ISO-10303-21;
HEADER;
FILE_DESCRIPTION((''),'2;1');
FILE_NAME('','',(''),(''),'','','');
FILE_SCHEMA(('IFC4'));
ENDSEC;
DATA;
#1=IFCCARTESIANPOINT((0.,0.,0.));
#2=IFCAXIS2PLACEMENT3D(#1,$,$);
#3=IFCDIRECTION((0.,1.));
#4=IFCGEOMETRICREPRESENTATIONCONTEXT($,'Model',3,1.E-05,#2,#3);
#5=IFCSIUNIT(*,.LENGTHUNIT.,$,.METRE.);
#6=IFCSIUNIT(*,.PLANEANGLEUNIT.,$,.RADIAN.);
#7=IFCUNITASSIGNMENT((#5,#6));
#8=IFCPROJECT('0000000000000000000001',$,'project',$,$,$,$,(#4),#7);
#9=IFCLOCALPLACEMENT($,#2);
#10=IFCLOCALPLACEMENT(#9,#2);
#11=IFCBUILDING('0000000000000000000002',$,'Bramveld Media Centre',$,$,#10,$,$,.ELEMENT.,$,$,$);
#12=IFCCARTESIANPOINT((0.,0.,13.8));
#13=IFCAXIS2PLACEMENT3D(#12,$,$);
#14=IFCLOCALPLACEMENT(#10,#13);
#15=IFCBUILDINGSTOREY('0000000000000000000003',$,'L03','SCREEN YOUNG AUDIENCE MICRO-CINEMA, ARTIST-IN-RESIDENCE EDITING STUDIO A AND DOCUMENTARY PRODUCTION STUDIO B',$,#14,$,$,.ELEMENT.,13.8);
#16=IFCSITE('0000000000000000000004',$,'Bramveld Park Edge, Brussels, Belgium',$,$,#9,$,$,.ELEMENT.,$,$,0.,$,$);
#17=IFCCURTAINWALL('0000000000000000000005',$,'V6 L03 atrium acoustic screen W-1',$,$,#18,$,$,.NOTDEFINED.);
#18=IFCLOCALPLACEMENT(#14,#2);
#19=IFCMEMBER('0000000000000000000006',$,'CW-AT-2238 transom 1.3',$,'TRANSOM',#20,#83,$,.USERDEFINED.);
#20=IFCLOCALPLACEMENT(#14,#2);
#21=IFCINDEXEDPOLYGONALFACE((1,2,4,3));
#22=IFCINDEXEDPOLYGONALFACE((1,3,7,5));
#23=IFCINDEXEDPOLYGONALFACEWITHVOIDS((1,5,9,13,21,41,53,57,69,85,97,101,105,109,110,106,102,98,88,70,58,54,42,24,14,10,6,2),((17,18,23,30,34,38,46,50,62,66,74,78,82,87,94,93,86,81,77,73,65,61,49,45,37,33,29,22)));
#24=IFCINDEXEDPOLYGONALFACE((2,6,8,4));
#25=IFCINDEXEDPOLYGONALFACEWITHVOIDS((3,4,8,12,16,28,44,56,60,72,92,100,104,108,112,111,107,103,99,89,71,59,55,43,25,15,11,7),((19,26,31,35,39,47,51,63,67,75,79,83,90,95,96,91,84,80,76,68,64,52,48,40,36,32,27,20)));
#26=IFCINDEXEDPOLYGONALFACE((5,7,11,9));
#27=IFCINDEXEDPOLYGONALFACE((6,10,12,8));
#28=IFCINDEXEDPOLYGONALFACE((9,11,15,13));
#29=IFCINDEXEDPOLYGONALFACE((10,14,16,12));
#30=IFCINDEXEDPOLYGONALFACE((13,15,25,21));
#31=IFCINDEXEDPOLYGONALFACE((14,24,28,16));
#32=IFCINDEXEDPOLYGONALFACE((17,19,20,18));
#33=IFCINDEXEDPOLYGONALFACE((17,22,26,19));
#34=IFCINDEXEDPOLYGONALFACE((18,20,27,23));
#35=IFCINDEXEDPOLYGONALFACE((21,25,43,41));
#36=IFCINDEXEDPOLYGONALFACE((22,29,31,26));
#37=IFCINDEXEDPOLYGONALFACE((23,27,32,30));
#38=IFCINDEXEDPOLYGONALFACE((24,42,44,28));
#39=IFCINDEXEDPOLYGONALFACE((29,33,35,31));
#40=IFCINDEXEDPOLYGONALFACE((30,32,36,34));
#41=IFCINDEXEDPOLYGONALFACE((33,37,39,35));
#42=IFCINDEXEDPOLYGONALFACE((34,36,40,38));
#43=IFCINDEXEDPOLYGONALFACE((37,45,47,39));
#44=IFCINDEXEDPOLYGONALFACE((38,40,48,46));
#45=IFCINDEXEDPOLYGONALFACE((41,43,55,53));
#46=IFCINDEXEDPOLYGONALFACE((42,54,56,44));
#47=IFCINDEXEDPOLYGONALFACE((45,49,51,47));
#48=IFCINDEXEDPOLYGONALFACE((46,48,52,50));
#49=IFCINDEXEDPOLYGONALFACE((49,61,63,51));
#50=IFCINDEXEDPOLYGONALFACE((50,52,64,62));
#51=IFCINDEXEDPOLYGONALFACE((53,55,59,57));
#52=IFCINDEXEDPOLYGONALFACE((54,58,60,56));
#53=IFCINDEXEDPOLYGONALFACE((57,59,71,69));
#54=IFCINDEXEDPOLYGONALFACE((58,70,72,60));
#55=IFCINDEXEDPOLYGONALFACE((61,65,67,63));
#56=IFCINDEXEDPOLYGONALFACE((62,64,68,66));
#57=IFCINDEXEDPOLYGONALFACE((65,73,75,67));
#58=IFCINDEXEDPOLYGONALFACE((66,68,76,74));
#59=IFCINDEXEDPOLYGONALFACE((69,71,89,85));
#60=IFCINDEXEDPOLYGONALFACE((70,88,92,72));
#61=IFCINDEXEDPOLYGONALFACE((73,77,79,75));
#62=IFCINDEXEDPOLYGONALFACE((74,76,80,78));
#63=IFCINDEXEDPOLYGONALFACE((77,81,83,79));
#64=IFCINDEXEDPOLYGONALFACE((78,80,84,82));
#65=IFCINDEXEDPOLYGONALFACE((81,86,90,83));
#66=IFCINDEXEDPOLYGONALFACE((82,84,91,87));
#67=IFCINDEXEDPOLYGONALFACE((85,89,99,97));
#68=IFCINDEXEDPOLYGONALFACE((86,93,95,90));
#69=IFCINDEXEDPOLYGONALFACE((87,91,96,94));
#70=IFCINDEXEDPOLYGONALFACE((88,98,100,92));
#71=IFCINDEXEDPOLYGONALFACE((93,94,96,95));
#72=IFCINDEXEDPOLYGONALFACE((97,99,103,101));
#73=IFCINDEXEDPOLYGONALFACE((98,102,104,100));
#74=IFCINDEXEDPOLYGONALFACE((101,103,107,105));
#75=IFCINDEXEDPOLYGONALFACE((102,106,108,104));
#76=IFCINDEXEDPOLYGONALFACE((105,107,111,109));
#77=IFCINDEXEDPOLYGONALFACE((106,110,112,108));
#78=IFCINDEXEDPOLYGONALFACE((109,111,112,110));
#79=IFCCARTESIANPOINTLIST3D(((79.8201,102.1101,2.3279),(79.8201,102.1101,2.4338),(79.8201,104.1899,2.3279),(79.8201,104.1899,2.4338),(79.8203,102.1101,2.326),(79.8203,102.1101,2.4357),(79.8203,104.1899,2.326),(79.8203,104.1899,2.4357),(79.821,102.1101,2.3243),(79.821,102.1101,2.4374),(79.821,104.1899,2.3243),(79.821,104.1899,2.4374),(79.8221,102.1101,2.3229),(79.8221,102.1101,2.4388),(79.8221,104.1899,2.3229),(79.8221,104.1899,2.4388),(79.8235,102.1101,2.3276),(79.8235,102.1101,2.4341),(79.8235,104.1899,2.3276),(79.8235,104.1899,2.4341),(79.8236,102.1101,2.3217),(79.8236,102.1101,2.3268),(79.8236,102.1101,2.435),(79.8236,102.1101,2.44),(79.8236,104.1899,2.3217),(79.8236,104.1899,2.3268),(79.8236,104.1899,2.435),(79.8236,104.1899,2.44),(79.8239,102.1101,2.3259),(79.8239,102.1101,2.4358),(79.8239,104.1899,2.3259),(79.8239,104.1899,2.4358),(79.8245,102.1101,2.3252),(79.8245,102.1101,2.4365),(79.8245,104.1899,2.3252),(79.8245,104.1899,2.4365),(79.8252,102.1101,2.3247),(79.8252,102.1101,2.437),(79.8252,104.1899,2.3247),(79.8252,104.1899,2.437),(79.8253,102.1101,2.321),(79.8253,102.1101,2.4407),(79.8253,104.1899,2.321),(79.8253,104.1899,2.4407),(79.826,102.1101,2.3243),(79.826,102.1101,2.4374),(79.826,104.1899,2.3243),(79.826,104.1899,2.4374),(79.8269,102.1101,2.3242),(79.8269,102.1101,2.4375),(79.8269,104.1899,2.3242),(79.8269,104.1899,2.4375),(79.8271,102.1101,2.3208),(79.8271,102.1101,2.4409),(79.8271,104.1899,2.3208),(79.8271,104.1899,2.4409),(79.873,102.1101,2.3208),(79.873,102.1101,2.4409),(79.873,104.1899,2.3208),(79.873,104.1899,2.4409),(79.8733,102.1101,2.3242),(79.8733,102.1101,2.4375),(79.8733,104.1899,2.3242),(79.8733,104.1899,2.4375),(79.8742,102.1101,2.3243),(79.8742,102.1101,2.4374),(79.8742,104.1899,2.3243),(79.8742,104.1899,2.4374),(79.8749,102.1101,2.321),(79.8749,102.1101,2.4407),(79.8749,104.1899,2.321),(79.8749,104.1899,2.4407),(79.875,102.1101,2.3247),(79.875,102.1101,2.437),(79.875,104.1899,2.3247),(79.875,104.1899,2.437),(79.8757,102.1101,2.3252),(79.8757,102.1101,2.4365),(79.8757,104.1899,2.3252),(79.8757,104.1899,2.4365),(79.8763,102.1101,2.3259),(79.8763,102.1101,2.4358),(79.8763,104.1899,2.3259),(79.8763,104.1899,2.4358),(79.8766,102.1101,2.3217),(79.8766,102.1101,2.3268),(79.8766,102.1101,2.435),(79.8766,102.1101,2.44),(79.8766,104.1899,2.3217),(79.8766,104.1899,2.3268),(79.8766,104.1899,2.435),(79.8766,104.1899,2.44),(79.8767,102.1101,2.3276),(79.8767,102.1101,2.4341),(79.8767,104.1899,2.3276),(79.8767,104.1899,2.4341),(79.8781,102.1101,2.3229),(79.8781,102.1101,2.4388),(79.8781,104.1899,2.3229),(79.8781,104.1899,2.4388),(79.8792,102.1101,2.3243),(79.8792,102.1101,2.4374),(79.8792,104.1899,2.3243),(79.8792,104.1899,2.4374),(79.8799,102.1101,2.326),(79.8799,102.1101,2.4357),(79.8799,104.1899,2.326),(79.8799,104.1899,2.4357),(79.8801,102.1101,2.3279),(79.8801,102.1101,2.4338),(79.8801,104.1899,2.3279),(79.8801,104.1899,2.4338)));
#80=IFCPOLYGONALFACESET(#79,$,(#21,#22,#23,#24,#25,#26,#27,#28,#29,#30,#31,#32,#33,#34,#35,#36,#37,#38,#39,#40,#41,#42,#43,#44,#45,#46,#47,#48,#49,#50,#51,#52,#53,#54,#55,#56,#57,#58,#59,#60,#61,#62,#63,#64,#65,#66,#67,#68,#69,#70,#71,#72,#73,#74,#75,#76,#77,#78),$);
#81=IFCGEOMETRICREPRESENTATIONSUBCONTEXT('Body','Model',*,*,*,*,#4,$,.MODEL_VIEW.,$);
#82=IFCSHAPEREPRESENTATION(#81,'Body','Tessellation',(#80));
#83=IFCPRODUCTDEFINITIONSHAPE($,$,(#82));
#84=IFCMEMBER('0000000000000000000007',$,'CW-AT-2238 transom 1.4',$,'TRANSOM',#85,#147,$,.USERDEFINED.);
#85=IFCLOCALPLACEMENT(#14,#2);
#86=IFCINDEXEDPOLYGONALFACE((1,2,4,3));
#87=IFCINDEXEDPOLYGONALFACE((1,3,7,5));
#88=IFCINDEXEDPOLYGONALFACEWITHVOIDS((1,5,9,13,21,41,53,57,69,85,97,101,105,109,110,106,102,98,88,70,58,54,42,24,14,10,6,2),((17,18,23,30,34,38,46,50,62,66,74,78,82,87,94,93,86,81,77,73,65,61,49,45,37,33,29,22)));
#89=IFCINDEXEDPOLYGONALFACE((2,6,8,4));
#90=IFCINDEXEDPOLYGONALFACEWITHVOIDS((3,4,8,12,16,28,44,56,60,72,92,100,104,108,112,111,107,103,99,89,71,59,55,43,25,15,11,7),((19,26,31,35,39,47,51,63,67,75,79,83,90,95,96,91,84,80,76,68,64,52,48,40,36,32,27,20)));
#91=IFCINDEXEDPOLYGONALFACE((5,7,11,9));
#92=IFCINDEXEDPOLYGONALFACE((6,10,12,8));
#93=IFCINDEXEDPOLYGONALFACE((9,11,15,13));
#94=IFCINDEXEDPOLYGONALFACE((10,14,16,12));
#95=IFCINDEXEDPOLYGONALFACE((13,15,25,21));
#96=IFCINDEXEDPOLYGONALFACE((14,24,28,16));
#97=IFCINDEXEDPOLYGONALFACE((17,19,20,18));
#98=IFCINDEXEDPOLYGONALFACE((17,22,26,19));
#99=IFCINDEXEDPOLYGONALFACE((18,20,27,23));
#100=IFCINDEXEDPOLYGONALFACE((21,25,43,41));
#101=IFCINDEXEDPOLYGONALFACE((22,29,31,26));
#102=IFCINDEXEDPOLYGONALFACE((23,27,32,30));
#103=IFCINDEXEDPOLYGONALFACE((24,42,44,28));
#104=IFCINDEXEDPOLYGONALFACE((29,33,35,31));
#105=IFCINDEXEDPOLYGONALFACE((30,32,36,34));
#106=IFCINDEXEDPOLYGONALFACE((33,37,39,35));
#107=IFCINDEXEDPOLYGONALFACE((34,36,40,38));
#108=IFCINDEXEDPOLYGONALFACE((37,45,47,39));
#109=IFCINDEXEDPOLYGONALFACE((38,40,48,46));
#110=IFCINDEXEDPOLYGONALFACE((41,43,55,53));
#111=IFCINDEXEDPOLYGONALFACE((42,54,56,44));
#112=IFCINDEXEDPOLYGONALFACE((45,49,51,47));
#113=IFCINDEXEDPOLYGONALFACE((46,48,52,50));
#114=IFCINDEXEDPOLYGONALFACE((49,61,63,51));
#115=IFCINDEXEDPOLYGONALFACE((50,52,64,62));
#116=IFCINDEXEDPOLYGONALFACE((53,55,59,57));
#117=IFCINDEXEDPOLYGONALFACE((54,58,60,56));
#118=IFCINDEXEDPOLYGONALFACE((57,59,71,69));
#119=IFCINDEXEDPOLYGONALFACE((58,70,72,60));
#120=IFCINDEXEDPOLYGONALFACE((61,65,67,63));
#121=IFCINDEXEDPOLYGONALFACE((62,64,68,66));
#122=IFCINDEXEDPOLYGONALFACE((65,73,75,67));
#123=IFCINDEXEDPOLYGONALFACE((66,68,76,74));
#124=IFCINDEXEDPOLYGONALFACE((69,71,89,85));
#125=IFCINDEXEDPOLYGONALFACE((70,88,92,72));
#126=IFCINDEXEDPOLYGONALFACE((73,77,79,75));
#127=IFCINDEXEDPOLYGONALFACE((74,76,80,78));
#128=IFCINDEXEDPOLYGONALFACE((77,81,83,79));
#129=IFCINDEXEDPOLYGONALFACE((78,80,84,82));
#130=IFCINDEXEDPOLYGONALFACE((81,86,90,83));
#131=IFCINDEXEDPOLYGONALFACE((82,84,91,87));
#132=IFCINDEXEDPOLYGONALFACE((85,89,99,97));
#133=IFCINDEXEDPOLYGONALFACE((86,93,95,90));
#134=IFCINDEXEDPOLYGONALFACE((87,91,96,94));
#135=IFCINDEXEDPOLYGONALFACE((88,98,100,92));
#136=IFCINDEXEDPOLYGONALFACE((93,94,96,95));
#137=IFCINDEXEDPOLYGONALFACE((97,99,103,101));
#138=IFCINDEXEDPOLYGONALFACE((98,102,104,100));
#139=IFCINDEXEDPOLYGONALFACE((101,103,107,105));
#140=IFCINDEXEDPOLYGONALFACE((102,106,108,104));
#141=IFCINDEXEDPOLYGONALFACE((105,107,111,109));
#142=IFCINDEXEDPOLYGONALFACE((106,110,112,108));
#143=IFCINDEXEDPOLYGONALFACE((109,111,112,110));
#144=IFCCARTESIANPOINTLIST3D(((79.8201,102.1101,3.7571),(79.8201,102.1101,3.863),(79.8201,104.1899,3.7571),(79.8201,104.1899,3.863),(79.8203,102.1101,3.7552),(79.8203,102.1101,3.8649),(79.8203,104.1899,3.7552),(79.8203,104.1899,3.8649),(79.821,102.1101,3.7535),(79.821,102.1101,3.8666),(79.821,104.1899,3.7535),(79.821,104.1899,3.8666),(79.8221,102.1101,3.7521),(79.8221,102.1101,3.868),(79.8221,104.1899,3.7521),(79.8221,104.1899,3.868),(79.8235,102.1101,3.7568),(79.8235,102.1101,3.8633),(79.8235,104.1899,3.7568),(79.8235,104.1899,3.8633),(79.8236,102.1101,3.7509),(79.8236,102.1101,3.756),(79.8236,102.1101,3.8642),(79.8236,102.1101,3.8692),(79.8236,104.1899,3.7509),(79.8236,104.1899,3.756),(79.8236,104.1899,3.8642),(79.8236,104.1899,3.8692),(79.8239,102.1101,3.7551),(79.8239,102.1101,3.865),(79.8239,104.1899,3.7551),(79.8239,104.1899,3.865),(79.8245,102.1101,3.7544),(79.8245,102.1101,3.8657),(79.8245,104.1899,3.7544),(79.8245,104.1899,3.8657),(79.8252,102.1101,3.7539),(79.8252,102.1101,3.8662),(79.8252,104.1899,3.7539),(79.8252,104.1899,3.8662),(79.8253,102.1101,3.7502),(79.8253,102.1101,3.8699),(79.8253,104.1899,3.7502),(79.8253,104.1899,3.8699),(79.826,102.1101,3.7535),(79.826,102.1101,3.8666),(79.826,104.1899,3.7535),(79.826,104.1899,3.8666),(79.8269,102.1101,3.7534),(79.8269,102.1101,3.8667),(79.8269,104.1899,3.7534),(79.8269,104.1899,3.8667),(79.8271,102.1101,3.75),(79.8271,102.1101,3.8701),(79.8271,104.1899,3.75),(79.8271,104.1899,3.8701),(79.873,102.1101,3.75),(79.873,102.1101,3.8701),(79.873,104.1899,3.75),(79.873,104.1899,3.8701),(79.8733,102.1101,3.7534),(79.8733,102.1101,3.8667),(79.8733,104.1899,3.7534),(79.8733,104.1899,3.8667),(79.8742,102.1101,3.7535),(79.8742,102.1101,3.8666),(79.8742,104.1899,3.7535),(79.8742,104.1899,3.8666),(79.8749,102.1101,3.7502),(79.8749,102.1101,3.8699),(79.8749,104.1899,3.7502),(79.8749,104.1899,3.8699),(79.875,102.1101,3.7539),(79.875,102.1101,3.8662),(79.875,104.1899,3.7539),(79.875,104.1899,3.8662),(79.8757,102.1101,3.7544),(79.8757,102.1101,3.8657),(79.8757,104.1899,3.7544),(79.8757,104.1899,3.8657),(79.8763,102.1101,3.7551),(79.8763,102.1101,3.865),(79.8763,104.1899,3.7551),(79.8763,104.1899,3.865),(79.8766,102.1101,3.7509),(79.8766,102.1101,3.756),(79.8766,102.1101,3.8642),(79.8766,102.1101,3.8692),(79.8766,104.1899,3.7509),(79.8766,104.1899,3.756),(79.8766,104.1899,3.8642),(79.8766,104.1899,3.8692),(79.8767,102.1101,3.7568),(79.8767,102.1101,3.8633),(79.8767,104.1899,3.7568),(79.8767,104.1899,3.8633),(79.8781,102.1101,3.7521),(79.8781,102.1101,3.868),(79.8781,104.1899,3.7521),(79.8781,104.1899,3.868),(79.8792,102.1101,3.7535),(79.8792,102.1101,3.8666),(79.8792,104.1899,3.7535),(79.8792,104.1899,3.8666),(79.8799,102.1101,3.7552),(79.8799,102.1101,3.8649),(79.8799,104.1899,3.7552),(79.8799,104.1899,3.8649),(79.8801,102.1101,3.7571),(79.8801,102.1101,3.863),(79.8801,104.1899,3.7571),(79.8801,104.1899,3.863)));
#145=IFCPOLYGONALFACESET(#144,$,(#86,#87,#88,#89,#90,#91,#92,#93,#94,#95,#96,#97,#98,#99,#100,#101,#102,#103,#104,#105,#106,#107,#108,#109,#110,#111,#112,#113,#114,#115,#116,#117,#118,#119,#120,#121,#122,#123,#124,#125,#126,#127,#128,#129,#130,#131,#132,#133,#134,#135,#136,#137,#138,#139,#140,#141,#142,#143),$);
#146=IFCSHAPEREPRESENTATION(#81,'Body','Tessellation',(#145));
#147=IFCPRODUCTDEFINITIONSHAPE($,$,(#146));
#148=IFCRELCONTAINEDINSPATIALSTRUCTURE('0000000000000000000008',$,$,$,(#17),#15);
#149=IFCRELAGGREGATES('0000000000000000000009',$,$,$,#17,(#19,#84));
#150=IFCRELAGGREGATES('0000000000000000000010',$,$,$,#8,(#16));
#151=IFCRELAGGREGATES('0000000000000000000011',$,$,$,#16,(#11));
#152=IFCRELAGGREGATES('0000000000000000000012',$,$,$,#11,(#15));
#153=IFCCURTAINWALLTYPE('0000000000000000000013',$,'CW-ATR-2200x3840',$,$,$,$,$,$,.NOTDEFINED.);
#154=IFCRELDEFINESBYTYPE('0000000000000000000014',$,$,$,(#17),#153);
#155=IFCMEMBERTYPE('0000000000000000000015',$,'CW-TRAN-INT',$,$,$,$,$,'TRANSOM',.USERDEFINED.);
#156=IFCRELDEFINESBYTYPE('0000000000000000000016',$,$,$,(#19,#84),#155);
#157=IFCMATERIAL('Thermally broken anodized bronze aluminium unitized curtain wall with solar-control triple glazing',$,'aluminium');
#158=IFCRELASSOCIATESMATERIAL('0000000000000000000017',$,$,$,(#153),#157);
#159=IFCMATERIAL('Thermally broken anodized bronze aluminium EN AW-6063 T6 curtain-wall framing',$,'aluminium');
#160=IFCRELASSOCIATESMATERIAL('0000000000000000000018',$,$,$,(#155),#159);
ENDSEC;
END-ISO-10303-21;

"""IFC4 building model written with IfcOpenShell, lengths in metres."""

from ifc_helpers import new_model, si_unit, direction, frame, origin, origin_2d, place, context, subcontext, project, spatial, hollow_rectangle, extrude, material, material_profile, profile_set, type_object, element, aggregate, save


model = new_model("IFC4")

# Units and contexts
model_context = context("Model", 3, precision=1e-05, world=origin(), true_north=direction((0.0, 1.0)))
body_context = subcontext(model_context, "Body", "Model", "MODEL_VIEW")
ifc_project = project(units=[si_unit("LENGTHUNIT", "METRE"), si_unit("PLANEANGLEUNIT", "RADIAN")], contexts=[model_context])

# Site, building, storey
site_placement = place(None, origin())
site = spatial("IfcSite", under=ifc_project, at=site_placement, Name="Bramveld Park Edge, Brussels, Belgium", CompositionType="ELEMENT", RefElevation=0.0)
building_placement = place(site_placement, origin())
building = spatial("IfcBuilding", under=site, at=building_placement, Name="Bramveld Media Centre", CompositionType="ELEMENT")
storey_placement = place(building_placement, frame((0.0, 0.0, 13.8)))
storey = spatial("IfcBuildingStorey", under=building, at=storey_placement, Name="L03", Description="SCREEN YOUNG AUDIENCE MICRO-CINEMA, ARTIST-IN-RESIDENCE EDITING STUDIO A AND DOCUMENTARY PRODUCTION STUDIO B", CompositionType="ELEMENT", Elevation=13.8)

# Curtain wall
ifc_material_1 = material(Name="Thermally broken anodized bronze aluminium unitized curtain wall with solar-control triple glazing", Category="aluminium")
curtain_wall_type_1 = type_object("IfcCurtainWallType", Name="CW-ATR-2200x3840", PredefinedType="NOTDEFINED", material=ifc_material_1)
curtain_wall_1_placement = place(storey_placement, origin())
curtain_wall_1 = element("IfcCurtainWall", 1, at=curtain_wall_1_placement, inside=storey, type_object=curtain_wall_type_1, Name="V6 L03 atrium acoustic screen W-1", PredefinedType="NOTDEFINED")

# Members
ifc_material_2 = material(Name="Thermally broken anodized bronze aluminium EN AW-6063 T6 curtain-wall framing", Category="aluminium")
ifc_material_profile_1 = material_profile(ifc_material_2, hollow_rectangle(XDim=0.0601, YDim=0.1201, WallThickness=0.0034, InnerFilletRadius=0.0034, OuterFilletRadius=0.0071, at=origin_2d()), Name="AL-TRAN 60x120")
ifc_profile_set_1 = profile_set([ifc_material_profile_1], Name="Thermally broken anodized bronze aluminium EN AW-6063 T6 curtain-wall framing")
member_type_1 = type_object("IfcMemberType", Name="CW-TRAN-INT", ElementType="TRANSOM", PredefinedType="USERDEFINED", material=ifc_profile_set_1)
member_1_placement = place(storey_placement, frame((79.8501, 102.1101, 2.3809), z_axis=(0.0, 1.0, 0.0), x_axis=(-1.0, 0.0, 0.0)))
member_1 = element("IfcMember", 2, at=member_1_placement, type_object=member_type_1, Name="CW-AT-2238 transom 1.3", ObjectType="TRANSOM", PredefinedType="USERDEFINED", context=body_context, shape_type="SweptSolid", body=[
    extrude(hollow_rectangle(XDim=0.0601, YDim=0.1201, WallThickness=0.0034, InnerFilletRadius=0.0034, OuterFilletRadius=0.0071, at=origin_2d()), origin(), (0.0, 0.0, 1.0), 2.0798),
])
member_2_placement = place(storey_placement, frame((79.8501, 102.1101, 3.8101), z_axis=(0.0, 1.0, 0.0), x_axis=(-1.0, 0.0, 0.0)))
member_2 = element("IfcMember", 3, at=member_2_placement, type_object=member_type_1, Name="CW-AT-2238 transom 1.4", ObjectType="TRANSOM", PredefinedType="USERDEFINED", context=body_context, shape_type="SweptSolid", body=[
    extrude(hollow_rectangle(XDim=0.0601, YDim=0.1201, WallThickness=0.0034, InnerFilletRadius=0.0034, OuterFilletRadius=0.0071, at=origin_2d()), origin(), (0.0, 0.0, 1.0), 2.0798),
])

aggregate(curtain_wall_1, [member_1, member_2])

save(model, "model.ifc")
